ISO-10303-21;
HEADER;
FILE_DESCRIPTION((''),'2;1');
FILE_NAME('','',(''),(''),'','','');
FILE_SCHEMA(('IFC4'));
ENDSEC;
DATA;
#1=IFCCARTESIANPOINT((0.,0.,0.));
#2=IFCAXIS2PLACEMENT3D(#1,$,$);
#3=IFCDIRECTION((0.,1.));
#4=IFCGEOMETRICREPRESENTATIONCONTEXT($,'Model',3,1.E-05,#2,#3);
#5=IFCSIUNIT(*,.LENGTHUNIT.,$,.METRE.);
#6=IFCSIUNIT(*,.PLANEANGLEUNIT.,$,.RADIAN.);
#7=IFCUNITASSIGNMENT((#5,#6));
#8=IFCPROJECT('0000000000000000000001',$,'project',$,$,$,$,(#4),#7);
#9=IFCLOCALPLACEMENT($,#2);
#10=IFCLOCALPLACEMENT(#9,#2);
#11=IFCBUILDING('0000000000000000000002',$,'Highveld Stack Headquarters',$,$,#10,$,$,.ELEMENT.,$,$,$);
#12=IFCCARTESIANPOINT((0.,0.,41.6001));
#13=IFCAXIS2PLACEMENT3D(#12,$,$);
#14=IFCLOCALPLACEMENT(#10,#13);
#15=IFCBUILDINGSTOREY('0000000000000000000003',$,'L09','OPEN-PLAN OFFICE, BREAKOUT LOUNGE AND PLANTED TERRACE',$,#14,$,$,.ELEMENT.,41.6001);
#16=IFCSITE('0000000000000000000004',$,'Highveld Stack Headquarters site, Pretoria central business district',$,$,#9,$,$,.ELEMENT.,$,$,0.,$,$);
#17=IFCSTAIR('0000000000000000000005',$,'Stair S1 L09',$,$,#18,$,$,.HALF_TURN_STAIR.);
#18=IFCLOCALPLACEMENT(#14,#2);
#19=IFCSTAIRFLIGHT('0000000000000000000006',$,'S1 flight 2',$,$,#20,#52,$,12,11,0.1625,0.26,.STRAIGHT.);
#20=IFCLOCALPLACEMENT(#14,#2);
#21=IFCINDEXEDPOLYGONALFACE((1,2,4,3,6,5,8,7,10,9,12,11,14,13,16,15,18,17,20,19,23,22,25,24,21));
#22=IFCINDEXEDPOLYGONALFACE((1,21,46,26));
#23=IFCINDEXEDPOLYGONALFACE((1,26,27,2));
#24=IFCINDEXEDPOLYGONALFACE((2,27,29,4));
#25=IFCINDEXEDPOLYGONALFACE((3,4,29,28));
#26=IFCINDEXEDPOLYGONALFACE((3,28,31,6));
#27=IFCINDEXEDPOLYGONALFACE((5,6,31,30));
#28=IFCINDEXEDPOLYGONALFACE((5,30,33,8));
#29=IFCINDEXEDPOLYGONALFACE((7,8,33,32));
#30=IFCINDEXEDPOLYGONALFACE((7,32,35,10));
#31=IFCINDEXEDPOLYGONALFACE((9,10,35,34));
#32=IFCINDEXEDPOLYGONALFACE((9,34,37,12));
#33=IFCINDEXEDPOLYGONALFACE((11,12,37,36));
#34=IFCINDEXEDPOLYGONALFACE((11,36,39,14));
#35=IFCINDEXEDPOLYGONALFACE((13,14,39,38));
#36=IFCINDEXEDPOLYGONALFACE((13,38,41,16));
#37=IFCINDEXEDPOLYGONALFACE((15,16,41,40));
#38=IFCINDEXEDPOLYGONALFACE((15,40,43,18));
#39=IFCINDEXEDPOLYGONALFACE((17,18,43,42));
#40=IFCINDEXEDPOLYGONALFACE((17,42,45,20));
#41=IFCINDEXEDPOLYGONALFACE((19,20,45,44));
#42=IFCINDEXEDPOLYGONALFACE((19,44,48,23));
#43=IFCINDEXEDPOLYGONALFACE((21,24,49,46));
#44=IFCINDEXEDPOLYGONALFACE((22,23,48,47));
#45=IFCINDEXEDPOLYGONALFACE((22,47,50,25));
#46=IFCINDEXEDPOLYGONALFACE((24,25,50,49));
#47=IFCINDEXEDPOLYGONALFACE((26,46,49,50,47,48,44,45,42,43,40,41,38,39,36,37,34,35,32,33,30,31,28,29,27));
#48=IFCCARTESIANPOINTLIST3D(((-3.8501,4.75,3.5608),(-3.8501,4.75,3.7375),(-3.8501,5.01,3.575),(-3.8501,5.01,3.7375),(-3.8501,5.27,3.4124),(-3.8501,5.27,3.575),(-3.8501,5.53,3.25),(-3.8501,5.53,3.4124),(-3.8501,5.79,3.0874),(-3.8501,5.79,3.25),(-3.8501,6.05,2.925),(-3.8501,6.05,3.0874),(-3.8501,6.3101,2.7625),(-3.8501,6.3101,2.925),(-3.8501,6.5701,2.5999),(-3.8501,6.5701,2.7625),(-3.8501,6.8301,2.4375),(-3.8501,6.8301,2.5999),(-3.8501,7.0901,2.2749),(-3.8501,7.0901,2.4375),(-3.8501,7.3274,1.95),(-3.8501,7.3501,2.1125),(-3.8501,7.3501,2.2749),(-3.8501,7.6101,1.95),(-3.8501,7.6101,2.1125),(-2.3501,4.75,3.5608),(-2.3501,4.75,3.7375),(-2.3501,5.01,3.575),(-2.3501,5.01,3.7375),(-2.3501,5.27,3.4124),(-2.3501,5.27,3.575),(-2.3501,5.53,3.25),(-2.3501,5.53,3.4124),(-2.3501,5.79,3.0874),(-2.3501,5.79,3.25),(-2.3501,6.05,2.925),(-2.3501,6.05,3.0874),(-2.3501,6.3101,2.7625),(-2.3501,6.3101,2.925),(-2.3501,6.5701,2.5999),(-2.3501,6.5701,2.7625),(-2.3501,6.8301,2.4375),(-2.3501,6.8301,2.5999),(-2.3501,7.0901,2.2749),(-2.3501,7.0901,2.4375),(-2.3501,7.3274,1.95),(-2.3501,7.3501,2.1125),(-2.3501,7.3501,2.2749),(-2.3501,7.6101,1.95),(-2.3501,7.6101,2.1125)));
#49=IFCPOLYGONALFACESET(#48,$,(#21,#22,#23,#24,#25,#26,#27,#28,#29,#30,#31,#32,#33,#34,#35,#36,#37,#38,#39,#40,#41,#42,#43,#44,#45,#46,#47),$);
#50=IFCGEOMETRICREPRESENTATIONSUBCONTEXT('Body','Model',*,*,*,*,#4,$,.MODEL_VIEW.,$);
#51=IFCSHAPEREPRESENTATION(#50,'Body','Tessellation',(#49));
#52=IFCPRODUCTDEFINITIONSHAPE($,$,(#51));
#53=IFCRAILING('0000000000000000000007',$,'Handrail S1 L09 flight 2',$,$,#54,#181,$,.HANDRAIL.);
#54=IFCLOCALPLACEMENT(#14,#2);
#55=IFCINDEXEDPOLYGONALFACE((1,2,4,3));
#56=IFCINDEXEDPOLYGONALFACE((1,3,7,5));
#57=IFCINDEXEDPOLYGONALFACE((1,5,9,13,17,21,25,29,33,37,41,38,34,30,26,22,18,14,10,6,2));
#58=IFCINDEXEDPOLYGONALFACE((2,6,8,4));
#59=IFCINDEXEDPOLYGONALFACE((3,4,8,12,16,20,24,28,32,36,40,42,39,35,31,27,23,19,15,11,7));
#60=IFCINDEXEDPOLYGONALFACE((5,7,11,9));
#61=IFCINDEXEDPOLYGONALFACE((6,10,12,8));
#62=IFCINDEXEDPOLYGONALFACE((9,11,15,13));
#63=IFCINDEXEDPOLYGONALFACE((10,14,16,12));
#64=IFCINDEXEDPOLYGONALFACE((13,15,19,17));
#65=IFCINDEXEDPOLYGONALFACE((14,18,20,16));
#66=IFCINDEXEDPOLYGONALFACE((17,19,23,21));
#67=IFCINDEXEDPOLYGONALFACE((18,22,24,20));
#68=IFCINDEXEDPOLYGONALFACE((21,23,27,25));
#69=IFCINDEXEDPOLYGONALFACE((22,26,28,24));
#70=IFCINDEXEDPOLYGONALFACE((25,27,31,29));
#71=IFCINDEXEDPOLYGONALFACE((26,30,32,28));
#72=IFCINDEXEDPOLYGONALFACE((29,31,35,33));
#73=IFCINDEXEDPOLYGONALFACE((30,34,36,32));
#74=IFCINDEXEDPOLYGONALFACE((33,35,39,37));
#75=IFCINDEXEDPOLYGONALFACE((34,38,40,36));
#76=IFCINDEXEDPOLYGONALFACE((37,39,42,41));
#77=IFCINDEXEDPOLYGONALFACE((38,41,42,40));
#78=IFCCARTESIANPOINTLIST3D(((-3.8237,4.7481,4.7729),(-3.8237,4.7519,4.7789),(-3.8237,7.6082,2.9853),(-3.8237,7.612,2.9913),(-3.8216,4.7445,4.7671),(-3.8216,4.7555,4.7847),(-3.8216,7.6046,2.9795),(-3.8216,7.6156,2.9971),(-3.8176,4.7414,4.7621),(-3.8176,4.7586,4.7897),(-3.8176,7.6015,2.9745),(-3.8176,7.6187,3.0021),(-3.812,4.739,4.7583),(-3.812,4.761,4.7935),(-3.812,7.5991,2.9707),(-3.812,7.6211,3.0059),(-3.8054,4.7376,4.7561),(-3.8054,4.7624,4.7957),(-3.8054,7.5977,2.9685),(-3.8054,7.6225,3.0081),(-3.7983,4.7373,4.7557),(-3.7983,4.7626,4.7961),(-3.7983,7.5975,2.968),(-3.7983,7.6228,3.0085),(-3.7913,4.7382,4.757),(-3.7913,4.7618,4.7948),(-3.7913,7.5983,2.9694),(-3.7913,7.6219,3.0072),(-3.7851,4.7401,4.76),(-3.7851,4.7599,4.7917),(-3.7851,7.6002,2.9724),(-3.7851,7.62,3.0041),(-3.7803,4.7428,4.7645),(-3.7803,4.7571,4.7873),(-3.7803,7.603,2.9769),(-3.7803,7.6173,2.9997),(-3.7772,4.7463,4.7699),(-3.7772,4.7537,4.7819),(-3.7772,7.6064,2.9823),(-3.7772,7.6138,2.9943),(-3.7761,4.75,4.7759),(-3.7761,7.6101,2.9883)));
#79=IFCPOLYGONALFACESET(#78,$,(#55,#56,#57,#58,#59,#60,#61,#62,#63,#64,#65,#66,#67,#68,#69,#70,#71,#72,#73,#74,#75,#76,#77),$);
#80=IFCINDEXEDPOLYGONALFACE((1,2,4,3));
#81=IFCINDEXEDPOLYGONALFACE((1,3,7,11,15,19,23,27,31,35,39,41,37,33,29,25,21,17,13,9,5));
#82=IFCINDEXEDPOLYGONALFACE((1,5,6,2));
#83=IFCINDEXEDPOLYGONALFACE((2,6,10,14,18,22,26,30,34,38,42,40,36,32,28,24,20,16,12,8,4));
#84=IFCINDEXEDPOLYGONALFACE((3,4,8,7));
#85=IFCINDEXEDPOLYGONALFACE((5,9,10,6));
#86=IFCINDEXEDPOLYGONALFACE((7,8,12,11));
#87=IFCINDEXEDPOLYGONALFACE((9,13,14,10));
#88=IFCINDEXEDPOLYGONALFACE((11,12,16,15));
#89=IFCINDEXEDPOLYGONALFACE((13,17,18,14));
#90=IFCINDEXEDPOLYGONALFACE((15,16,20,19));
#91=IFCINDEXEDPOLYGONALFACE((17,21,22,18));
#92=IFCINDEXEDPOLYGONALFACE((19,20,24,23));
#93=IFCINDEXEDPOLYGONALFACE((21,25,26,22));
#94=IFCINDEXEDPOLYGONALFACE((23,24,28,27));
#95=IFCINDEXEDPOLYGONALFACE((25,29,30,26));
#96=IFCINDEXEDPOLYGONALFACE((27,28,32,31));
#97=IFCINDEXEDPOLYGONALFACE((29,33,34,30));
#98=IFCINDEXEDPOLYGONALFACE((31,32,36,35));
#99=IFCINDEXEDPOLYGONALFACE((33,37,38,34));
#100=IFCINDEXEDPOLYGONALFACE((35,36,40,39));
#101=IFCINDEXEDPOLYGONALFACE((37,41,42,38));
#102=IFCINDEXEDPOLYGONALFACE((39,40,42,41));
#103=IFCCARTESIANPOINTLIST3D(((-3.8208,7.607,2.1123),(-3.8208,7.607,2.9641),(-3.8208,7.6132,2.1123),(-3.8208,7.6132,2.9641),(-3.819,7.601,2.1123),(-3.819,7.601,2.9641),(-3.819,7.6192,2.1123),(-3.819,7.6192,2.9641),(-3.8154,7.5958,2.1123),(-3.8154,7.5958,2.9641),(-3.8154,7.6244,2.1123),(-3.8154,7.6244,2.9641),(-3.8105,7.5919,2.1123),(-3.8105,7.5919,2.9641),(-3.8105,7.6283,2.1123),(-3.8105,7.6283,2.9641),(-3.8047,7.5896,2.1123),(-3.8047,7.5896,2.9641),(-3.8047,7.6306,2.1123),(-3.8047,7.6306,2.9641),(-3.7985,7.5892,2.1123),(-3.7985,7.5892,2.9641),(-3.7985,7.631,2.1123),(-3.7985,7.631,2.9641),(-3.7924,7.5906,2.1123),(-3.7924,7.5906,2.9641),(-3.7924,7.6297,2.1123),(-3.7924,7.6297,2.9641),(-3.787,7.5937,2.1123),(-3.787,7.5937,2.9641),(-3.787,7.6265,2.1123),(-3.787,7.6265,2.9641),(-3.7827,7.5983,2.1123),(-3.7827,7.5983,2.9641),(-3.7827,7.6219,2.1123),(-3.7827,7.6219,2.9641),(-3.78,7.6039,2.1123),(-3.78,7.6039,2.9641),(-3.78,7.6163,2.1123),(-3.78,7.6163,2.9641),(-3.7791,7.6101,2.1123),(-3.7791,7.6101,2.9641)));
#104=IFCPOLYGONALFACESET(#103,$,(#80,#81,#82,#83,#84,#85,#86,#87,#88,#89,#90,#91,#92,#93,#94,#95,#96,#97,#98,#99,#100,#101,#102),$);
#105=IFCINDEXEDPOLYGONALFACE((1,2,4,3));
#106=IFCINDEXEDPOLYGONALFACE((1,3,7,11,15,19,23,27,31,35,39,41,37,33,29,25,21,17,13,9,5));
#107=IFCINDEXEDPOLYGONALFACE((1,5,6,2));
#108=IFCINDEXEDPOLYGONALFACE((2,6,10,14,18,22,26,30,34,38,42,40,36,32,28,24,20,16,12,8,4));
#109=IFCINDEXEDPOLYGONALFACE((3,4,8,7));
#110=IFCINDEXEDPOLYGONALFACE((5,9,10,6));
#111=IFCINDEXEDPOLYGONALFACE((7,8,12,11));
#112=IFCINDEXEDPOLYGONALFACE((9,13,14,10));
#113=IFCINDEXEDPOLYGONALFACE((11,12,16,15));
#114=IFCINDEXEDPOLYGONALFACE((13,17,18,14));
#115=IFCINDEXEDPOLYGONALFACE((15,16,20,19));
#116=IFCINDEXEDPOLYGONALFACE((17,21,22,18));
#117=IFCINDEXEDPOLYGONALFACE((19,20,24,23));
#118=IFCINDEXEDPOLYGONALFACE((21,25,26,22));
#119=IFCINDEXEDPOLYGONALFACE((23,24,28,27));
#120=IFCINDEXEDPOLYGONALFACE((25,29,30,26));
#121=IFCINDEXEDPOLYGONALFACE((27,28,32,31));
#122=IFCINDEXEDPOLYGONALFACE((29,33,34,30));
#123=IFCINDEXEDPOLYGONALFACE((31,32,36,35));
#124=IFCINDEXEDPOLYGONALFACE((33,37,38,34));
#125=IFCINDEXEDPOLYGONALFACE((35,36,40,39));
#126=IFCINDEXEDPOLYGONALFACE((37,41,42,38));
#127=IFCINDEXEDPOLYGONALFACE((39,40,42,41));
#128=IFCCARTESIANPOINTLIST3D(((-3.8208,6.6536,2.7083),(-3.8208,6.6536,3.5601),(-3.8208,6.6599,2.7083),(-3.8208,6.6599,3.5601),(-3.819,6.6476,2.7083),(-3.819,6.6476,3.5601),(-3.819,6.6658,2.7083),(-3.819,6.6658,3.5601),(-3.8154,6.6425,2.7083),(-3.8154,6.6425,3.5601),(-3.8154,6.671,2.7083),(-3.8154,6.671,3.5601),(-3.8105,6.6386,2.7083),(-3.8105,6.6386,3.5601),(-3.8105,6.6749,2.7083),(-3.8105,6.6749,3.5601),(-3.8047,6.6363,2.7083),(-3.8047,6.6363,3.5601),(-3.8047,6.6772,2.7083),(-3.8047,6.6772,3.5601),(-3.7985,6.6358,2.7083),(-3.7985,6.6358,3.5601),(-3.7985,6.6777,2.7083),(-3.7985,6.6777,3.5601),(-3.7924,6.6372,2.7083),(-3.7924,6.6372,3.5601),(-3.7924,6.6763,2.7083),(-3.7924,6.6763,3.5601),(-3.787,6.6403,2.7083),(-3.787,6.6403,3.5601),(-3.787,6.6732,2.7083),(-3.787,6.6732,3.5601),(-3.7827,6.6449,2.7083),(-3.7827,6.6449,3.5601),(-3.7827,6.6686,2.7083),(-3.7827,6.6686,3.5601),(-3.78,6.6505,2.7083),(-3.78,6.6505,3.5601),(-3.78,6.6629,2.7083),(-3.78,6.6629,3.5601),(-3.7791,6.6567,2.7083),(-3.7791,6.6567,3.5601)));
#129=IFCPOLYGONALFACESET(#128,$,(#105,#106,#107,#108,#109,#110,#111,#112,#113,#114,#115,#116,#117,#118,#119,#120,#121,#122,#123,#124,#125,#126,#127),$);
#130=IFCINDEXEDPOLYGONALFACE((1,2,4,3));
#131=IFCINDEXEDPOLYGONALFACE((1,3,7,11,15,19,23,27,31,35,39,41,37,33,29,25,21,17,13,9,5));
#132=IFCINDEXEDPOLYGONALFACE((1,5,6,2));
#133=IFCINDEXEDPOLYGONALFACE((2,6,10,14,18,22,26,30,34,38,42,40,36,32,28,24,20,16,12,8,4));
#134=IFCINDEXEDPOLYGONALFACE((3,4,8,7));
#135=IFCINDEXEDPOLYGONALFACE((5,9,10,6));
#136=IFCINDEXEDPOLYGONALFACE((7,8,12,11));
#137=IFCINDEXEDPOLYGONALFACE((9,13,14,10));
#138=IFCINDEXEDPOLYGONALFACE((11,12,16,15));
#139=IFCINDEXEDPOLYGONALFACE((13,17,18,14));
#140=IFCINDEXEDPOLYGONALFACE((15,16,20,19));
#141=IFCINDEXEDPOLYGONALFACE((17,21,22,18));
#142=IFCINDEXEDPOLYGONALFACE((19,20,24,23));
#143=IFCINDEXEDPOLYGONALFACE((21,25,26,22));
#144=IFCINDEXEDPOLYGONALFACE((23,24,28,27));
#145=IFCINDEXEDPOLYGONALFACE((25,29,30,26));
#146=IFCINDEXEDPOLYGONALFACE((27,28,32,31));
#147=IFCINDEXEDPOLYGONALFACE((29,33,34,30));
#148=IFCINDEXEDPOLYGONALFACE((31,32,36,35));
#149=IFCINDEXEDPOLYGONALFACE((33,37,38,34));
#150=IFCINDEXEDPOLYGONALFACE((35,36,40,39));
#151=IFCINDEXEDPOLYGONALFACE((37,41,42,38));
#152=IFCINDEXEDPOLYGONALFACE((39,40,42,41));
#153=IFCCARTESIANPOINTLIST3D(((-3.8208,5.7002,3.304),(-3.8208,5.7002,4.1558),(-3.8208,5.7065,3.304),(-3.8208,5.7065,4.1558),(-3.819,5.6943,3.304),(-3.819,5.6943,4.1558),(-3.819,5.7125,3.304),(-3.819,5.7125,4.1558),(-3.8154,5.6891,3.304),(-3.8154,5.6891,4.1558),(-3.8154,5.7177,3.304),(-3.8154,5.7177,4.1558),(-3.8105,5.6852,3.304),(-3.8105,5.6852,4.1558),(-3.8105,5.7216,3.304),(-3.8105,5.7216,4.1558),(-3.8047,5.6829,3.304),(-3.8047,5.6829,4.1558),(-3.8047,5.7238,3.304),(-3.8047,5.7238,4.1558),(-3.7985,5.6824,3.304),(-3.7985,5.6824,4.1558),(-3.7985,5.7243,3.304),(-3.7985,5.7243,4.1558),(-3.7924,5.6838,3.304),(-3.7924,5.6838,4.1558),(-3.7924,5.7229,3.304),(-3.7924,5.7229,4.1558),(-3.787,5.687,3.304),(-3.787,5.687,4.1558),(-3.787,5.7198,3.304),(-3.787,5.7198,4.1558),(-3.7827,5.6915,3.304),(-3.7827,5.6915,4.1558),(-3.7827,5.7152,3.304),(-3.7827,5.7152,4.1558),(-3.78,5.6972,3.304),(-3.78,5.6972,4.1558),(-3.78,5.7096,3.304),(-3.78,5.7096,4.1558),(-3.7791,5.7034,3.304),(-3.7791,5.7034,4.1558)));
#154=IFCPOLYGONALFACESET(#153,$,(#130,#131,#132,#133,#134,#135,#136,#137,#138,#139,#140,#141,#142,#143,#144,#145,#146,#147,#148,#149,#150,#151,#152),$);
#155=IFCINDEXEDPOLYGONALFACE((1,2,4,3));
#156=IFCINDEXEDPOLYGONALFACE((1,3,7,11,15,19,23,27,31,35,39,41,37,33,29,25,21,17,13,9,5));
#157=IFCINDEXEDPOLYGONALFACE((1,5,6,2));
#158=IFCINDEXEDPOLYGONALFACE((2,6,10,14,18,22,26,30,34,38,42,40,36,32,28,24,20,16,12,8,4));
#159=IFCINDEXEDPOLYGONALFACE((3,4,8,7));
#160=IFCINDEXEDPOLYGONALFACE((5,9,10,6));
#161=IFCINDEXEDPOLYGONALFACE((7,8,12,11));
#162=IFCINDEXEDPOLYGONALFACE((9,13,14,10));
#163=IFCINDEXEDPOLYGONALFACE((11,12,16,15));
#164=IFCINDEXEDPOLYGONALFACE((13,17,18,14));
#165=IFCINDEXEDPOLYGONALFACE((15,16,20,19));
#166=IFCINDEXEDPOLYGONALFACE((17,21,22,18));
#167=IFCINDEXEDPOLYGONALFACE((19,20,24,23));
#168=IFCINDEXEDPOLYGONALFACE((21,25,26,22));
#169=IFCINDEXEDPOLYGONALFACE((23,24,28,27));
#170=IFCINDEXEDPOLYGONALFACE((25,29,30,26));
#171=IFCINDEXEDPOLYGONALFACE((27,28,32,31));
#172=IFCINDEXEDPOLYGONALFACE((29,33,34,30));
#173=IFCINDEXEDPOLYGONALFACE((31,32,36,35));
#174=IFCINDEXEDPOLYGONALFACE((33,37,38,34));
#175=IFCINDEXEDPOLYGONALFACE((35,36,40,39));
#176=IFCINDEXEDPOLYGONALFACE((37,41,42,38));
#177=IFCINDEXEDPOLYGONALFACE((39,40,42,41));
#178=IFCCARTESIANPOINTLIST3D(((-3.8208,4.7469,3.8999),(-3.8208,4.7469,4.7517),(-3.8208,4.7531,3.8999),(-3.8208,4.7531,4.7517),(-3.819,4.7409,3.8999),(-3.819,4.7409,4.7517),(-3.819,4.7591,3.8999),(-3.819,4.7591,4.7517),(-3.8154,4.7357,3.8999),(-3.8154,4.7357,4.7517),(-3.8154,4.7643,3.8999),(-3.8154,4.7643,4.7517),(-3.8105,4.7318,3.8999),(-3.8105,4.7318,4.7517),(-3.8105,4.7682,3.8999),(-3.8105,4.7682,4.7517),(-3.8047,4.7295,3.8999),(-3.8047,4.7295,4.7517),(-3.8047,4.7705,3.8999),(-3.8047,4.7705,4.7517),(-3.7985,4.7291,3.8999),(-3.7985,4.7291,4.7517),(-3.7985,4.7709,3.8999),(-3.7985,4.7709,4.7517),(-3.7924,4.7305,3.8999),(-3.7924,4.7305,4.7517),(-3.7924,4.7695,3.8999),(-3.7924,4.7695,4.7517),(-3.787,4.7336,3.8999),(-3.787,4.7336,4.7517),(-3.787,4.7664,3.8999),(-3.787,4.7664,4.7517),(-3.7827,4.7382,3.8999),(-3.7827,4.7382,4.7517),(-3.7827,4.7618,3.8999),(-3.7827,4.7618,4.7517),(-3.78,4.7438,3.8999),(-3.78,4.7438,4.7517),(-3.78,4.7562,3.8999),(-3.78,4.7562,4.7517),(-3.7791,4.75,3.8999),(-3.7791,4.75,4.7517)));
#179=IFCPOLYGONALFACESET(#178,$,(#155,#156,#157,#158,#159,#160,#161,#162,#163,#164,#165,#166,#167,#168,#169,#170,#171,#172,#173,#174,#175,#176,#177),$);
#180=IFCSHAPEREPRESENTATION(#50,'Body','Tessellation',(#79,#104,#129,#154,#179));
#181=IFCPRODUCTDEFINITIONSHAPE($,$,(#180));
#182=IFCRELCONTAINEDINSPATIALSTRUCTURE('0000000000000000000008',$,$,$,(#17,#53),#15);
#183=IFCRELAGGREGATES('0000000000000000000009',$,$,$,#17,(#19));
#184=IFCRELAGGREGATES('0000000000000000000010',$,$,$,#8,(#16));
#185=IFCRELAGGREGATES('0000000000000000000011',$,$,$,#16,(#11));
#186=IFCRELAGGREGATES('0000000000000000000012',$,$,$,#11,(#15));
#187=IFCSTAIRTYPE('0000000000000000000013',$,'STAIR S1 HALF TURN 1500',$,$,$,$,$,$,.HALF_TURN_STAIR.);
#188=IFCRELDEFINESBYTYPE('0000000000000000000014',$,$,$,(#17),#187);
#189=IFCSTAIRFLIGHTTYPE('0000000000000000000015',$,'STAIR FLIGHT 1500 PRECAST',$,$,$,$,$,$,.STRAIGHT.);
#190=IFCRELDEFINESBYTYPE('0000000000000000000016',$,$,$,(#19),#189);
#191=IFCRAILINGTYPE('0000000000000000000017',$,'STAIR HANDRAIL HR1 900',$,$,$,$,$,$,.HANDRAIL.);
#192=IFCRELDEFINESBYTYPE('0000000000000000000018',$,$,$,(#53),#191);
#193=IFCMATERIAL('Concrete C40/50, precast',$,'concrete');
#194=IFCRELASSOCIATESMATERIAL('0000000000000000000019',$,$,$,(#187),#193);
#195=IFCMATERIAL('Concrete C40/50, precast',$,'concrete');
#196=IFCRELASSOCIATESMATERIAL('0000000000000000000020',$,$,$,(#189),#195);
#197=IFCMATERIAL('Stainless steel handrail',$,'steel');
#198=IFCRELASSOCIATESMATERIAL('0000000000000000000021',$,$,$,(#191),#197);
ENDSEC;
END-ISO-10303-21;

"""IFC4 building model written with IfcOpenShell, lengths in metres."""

from ifc_helpers import new_model, si_unit, direction, frame, origin, origin_2d, place, context, subcontext, project, spatial, polyline, circle, outline, extrude, material, type_object, element, aggregate, save


model = new_model("IFC4")

# Units and contexts
model_context = context("Model", 3, precision=1e-05, world=origin(), true_north=direction((0.0, 1.0)))
body_context = subcontext(model_context, "Body", "Model", "MODEL_VIEW")
ifc_project = project(units=[si_unit("LENGTHUNIT", "METRE"), si_unit("PLANEANGLEUNIT", "RADIAN")], contexts=[model_context])

# Site, building, storey
site_placement = place(None, origin())
site = spatial("IfcSite", under=ifc_project, at=site_placement, Name="Highveld Stack Headquarters site, Pretoria central business district", CompositionType="ELEMENT", RefElevation=0.0)
building_placement = place(site_placement, origin())
building = spatial("IfcBuilding", under=site, at=building_placement, Name="Highveld Stack Headquarters", CompositionType="ELEMENT")
storey_placement = place(building_placement, frame((0.0, 0.0, 41.6001)))
storey = spatial("IfcBuildingStorey", under=building, at=storey_placement, Name="L09", Description="OPEN-PLAN OFFICE, BREAKOUT LOUNGE AND PLANTED TERRACE", CompositionType="ELEMENT", Elevation=41.6001)

# Stair, stair flight
ifc_material_1 = material(Name="Concrete C40/50, precast", Category="concrete")
stair_type = type_object("IfcStairType", Name="STAIR S1 HALF TURN 1500", PredefinedType="HALF_TURN_STAIR", material=ifc_material_1)
stair_placement = place(storey_placement, origin())
stair = element("IfcStair", 1, at=stair_placement, inside=storey, type_object=stair_type, Name="Stair S1 L09", PredefinedType="HALF_TURN_STAIR")
ifc_material_2 = material(Name="Concrete C40/50, precast", Category="concrete")
stair_flight_type = type_object("IfcStairFlightType", Name="STAIR FLIGHT 1500 PRECAST", PredefinedType="STRAIGHT", material=ifc_material_2)
stair_flight_placement = place(storey_placement, frame((-3.1001, 7.6101, 1.95), z_axis=(0.0, 0.0, 1.0), x_axis=(0.0, -1.0, 0.0)))
stair_flight = element("IfcStairFlight", 2, at=stair_flight_placement, type_object=stair_flight_type, Name="S1 flight 2", NumberOfRisers=12, NumberOfTreads=11, PredefinedType="STRAIGHT", RiserHeight=0.1625, TreadLength=0.26, context=body_context, shape_type="SweptSolid", body=[
    extrude(outline(polyline([(0.0, 0.0), (0.0, 0.1626), (0.26, 0.1626), (0.26, 0.325), (0.52, 0.325), (0.52, 0.4875), (0.78, 0.4875), (0.78, 0.6499), (1.04, 0.6499), (1.04, 0.8125), (1.3, 0.8125), (1.3, 0.9751), (1.5601, 0.9751), (1.5601, 1.1375), (1.8201, 1.1375), (1.8201, 1.3), (2.0801, 1.3), (2.0801, 1.4624), (2.3401, 1.4624), (2.3401, 1.625), (2.6001, 1.625), (2.6001, 1.7876), (2.8601, 1.7876), (2.8601, 1.95), (2.8601, 1.6108), (0.2827, 0.0), (0.0, 0.0)])), frame((0.0, 0.75, 0.0), z_axis=(0.0, -1.0, 0.0), x_axis=(1.0, 0.0, 0.0)), (0.0, 0.0, 1.0), 1.5),
])
aggregate(stair, [stair_flight])

# Railing
ifc_material_3 = material(Name="Stainless steel handrail", Category="steel")
railing_type = type_object("IfcRailingType", Name="STAIR HANDRAIL HR1 900", PredefinedType="HANDRAIL", material=ifc_material_3)
for number, where, name in (
    (3, (-3.8, 7.6101, 2.1123), "Handrail S1 L09 flight 2"),
):
    element("IfcRailing", number, at=place(storey_placement, frame(where)), inside=storey, type_object=railing_type, Name=name, PredefinedType="HANDRAIL", context=body_context, shape_type="SweptSolid", body=[
        extrude(circle(Radius=0.0239, at=origin_2d()), frame((0.0, 0.0, 0.876), z_axis=(0.0, -0.847994, 0.530005), x_axis=(1.0, 0.0, 0.0)), (0.0, 0.0, 1.0), 3.3728),
        extrude(circle(Radius=0.021, at=origin_2d()), origin(), (0.0, 0.0, 1.0), 0.8518),
        extrude(circle(Radius=0.021, at=origin_2d()), frame((0.0, -0.9534, 0.5959)), (0.0, 0.0, 1.0), 0.8518),
        extrude(circle(Radius=0.021, at=origin_2d()), frame((0.0, -1.9067, 1.1917)), (0.0, 0.0, 1.0), 0.8518),
        extrude(circle(Radius=0.021, at=origin_2d()), frame((0.0, -2.8601, 1.7876)), (0.0, 0.0, 1.0), 0.8518),
    ])

save(model, "model.ifc")
